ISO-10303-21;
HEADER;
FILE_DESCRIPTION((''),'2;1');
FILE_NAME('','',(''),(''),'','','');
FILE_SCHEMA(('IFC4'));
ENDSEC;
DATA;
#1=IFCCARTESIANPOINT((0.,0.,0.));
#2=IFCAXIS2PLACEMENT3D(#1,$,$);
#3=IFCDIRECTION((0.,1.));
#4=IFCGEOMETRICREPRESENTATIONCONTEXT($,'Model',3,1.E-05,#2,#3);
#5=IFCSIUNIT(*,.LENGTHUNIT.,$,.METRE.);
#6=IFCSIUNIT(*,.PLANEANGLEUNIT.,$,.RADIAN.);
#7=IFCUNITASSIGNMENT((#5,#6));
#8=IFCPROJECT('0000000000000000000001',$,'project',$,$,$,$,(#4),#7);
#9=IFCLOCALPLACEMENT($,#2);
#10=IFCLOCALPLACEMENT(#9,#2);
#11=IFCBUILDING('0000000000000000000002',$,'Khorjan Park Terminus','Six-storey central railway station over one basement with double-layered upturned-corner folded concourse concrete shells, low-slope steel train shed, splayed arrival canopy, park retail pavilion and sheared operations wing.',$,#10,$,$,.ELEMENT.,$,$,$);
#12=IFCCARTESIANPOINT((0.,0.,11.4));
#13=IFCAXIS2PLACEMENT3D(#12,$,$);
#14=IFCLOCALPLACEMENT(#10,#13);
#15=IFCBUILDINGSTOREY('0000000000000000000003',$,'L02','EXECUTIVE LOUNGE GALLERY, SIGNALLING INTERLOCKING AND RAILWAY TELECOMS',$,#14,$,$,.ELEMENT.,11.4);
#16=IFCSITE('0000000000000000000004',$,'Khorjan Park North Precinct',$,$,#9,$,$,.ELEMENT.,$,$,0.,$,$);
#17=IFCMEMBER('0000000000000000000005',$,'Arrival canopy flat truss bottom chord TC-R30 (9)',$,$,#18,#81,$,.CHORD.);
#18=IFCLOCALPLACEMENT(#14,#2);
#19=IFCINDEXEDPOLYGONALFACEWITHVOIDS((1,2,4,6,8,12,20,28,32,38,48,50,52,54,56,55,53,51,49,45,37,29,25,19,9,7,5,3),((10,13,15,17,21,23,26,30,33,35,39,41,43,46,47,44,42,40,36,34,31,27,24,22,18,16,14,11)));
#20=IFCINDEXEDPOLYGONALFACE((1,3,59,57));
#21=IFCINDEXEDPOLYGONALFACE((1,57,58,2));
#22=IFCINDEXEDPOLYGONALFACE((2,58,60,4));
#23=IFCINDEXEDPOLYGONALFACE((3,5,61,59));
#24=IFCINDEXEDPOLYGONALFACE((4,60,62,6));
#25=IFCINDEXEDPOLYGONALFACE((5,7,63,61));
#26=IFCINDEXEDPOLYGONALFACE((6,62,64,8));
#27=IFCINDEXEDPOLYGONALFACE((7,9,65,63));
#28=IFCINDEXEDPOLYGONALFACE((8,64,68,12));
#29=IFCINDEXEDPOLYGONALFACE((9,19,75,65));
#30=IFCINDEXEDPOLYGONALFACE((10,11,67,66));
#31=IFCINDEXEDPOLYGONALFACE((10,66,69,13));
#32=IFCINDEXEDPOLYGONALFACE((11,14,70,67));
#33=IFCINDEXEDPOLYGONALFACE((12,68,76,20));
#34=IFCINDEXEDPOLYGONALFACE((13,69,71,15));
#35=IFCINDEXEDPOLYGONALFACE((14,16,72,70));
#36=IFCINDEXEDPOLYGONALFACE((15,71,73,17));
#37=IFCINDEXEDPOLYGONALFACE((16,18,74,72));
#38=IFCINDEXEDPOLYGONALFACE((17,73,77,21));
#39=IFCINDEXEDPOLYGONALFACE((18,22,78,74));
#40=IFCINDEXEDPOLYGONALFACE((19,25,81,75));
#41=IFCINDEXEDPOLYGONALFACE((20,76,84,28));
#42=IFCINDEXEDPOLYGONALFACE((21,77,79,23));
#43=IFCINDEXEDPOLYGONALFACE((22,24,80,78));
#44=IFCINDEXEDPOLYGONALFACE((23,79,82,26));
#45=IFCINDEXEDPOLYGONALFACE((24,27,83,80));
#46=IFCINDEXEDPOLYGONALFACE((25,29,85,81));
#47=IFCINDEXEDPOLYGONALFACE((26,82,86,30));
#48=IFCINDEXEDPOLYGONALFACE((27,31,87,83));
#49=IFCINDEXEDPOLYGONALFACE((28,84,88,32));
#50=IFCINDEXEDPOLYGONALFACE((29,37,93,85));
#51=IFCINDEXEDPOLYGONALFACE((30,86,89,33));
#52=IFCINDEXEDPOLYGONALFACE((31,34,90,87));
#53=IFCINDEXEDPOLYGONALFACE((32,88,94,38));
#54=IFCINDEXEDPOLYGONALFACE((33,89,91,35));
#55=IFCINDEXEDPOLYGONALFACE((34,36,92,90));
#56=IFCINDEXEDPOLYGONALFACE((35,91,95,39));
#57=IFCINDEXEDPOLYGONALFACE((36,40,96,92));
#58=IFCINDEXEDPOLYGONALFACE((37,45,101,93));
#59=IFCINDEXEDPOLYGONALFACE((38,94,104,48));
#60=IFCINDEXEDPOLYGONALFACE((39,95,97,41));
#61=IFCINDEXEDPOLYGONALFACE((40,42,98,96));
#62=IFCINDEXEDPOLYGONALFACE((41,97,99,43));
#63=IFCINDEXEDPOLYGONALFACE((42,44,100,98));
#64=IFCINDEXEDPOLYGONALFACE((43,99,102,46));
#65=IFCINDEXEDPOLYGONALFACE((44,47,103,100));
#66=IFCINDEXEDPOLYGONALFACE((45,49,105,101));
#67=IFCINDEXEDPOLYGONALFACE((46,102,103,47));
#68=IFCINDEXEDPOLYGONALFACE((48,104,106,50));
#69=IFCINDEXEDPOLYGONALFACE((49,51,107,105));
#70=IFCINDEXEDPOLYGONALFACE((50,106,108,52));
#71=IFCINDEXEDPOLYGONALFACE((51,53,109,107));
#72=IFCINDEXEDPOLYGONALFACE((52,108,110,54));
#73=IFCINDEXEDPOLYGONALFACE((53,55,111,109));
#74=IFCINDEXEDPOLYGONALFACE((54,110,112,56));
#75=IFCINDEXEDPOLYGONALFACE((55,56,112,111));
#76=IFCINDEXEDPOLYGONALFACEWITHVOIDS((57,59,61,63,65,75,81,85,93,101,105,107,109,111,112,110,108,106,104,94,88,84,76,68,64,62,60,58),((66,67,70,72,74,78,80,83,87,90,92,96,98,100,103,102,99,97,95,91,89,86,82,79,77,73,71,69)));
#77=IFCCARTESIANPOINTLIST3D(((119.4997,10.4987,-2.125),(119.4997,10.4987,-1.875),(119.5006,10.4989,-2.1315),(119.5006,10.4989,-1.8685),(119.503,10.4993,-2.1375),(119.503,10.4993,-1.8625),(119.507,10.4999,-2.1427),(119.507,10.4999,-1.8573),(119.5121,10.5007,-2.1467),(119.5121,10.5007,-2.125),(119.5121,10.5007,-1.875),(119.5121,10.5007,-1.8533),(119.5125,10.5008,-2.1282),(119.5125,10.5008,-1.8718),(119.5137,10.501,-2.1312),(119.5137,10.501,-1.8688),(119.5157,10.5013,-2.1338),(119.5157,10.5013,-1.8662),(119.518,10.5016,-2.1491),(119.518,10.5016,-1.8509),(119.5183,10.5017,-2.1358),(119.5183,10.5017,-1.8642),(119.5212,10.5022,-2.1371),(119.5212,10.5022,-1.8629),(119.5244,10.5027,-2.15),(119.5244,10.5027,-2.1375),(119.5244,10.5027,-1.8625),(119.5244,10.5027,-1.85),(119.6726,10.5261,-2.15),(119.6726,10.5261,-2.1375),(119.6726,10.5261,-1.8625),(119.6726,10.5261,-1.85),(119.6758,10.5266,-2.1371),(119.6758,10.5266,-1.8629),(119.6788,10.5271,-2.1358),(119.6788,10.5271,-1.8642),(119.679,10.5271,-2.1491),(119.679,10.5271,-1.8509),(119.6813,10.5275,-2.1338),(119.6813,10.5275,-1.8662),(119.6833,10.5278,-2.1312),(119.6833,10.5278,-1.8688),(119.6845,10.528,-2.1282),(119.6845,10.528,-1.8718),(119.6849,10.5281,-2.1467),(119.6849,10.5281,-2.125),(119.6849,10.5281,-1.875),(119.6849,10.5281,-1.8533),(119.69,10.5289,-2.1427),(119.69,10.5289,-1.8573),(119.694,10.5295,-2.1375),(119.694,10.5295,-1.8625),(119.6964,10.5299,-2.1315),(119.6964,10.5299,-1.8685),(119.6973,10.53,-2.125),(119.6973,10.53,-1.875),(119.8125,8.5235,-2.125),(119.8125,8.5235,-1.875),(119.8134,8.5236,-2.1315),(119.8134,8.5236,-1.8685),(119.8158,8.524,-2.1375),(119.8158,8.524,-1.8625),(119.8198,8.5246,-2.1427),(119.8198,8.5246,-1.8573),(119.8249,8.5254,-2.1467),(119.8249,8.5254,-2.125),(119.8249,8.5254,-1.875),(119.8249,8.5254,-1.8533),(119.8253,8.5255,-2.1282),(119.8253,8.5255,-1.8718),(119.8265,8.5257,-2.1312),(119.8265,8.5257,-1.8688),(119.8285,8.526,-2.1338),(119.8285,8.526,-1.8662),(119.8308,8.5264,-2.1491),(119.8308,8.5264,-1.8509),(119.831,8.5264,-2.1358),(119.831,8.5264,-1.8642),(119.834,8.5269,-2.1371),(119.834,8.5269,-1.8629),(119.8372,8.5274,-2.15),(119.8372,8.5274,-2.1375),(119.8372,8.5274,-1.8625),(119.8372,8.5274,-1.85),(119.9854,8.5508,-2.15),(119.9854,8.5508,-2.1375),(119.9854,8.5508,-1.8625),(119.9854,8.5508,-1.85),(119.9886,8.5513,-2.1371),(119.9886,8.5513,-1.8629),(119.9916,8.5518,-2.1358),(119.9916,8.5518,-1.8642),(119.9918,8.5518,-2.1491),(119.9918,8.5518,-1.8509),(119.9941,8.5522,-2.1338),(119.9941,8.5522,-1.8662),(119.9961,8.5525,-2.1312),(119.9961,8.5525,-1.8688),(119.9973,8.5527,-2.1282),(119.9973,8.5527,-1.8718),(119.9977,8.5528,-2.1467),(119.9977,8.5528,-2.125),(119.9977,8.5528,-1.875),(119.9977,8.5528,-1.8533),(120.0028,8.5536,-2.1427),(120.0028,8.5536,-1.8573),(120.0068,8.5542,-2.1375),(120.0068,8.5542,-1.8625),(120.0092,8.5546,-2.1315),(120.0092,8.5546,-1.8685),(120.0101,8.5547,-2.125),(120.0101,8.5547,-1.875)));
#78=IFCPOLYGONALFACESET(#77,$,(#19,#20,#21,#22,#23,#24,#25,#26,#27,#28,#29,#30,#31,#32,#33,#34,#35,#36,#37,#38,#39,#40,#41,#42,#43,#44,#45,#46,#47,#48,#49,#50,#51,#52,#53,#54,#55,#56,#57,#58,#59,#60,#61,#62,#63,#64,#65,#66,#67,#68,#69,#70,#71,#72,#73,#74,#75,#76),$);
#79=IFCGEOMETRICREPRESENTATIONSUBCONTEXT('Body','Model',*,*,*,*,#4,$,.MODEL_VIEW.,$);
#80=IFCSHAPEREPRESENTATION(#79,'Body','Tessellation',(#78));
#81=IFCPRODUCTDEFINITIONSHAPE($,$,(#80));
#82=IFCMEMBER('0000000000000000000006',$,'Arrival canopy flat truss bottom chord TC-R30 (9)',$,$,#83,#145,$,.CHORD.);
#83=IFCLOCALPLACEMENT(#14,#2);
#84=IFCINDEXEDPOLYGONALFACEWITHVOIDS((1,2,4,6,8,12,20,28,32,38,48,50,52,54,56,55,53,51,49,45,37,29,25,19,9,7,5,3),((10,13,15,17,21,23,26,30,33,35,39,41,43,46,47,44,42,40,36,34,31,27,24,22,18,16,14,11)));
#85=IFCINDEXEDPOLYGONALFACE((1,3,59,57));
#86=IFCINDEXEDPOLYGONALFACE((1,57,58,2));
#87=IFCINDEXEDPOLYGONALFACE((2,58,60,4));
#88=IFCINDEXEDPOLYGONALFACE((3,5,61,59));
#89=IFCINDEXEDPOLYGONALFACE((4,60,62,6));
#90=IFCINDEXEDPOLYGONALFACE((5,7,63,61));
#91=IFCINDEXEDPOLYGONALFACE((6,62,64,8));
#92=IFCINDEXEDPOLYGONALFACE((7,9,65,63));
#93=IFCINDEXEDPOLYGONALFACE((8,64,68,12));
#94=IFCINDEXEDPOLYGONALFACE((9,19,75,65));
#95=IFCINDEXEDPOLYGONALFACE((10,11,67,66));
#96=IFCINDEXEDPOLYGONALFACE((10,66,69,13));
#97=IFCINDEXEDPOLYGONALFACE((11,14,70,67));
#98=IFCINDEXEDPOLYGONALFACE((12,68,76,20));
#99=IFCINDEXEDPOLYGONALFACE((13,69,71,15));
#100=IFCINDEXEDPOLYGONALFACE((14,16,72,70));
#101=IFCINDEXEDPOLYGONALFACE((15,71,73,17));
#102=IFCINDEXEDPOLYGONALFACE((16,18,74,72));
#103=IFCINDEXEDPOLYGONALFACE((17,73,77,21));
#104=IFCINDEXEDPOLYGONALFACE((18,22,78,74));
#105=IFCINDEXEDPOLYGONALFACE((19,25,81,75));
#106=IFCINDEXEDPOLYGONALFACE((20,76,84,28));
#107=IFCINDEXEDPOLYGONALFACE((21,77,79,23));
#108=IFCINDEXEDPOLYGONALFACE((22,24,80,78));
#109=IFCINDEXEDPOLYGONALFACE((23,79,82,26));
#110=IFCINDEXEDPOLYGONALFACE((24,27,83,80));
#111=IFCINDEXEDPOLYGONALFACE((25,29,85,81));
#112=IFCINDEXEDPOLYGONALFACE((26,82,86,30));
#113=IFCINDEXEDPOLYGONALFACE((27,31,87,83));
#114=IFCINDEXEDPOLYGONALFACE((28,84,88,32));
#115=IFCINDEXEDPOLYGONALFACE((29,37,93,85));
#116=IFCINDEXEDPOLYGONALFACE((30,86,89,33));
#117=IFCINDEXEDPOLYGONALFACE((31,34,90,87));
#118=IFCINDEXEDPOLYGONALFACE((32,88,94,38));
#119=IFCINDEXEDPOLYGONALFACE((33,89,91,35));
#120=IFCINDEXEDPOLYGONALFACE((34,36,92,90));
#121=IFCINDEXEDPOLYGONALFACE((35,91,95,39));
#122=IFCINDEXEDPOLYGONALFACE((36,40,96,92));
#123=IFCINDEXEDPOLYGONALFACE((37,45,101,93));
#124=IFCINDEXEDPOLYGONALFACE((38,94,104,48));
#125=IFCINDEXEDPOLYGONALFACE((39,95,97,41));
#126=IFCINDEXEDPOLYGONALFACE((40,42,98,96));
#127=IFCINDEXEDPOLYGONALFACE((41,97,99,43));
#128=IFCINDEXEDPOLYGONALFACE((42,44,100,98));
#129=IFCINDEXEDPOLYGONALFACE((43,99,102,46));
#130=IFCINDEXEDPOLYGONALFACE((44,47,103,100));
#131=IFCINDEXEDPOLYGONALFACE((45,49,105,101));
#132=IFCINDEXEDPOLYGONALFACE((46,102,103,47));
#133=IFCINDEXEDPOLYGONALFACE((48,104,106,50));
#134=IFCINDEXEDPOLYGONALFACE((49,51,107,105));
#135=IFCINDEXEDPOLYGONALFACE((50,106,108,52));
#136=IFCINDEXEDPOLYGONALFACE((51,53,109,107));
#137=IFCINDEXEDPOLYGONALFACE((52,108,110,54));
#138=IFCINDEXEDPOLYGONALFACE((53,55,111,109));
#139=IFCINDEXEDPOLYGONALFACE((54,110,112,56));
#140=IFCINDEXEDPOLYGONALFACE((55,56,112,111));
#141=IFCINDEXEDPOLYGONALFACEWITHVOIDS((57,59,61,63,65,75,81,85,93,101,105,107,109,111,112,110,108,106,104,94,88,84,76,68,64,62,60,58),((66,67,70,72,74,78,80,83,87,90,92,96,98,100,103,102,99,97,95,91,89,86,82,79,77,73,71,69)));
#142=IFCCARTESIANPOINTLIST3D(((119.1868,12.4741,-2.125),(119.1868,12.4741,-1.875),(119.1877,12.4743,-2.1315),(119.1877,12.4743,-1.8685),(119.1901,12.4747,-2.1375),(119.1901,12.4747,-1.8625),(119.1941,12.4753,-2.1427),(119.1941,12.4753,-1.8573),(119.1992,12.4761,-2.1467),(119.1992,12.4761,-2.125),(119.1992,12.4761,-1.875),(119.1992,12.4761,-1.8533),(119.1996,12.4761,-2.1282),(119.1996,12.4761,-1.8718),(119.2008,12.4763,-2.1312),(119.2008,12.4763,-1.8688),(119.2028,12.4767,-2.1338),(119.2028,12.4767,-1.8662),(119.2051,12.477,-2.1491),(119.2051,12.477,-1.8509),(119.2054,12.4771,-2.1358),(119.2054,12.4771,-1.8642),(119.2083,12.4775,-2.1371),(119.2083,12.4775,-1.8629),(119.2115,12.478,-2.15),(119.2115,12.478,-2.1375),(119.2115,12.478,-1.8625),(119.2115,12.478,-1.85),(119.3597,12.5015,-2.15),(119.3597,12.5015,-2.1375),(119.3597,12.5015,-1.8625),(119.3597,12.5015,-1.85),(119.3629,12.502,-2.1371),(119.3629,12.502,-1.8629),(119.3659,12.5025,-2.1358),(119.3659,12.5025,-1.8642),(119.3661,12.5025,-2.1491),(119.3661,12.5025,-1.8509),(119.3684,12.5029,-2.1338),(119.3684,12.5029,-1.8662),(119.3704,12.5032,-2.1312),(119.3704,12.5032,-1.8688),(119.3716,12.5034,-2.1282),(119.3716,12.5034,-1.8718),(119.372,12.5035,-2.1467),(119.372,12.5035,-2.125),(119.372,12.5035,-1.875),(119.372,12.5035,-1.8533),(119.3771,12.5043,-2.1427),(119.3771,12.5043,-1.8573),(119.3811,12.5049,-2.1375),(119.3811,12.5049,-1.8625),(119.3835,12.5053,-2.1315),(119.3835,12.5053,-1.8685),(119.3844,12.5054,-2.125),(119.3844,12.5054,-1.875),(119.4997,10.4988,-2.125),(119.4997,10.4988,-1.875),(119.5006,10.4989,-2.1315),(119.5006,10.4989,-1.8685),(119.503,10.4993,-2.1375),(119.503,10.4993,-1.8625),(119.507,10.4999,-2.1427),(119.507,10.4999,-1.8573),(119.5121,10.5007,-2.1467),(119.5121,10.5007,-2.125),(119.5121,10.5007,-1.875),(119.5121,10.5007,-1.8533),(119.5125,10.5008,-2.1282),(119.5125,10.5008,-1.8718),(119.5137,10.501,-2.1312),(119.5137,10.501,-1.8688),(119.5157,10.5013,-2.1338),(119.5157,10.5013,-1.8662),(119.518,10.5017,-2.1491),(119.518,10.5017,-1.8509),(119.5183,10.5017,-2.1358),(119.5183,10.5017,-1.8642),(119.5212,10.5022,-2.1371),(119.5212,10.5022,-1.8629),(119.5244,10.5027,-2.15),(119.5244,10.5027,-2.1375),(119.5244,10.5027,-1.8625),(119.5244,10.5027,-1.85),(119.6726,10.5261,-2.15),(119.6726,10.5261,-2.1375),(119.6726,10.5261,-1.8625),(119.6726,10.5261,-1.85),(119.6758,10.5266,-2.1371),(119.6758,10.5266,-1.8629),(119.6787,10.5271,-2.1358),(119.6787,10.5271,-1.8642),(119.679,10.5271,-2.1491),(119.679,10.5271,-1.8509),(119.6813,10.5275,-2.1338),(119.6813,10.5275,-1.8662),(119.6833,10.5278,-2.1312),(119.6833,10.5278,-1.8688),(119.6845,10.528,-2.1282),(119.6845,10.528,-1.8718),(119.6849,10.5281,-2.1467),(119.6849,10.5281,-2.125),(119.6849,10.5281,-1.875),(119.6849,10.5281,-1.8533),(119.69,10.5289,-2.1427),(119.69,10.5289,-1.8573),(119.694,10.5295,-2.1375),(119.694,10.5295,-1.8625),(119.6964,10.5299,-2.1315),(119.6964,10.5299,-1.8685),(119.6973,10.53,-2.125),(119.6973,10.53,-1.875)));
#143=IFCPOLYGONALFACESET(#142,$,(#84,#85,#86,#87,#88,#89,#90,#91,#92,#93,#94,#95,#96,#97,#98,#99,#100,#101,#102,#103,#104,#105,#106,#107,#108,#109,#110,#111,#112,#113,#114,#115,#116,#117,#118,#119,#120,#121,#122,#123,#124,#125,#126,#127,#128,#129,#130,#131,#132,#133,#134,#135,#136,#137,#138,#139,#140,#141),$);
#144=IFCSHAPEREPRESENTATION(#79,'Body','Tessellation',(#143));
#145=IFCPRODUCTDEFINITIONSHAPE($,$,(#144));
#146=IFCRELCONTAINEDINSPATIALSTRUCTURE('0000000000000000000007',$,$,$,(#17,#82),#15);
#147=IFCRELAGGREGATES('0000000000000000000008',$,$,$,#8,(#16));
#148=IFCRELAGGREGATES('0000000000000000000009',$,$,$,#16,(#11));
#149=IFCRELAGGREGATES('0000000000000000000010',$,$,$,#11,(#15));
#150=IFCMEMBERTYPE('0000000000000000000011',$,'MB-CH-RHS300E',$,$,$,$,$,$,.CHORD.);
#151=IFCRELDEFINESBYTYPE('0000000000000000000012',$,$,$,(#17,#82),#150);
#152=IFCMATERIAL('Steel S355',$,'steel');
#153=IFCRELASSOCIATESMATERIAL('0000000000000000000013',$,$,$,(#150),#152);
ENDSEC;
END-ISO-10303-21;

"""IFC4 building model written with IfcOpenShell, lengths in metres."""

from ifc_helpers import new_model, si_unit, direction, frame, origin, origin_2d, place, context, subcontext, project, spatial, hollow_rectangle, extrude, material, material_profile, profile_set, type_object, element, save


model = new_model("IFC4")

# Units and contexts
model_context = context("Model", 3, precision=1e-05, world=origin(), true_north=direction((0.0, 1.0)))
body_context = subcontext(model_context, "Body", "Model", "MODEL_VIEW")
ifc_project = project(units=[si_unit("LENGTHUNIT", "METRE"), si_unit("PLANEANGLEUNIT", "RADIAN")], contexts=[model_context])

# Site, building, storey
site_placement = place(None, origin())
site = spatial("IfcSite", under=ifc_project, at=site_placement, Name="Khorjan Park North Precinct", CompositionType="ELEMENT", RefElevation=0.0)
building_placement = place(site_placement, origin())
building = spatial("IfcBuilding", under=site, at=building_placement, Name="Khorjan Park Terminus", Description="Six-storey central railway station over one basement with double-layered upturned-corner folded concourse concrete shells, low-slope steel train shed, splayed arrival canopy, park retail pavilion and sheared operations wing.", CompositionType="ELEMENT")
storey_placement = place(building_placement, frame((0.0, 0.0, 11.4)))
storey = spatial("IfcBuildingStorey", under=building, at=storey_placement, Name="L02", Description="EXECUTIVE LOUNGE GALLERY, SIGNALLING INTERLOCKING AND RAILWAY TELECOMS", CompositionType="ELEMENT", Elevation=11.4)

# Members
ifc_material = material(Name="Steel S355", Category="steel")
ifc_material_profile_1 = material_profile(ifc_material, hollow_rectangle(XDim=0.2, YDim=0.3, WallThickness=0.0125, InnerFilletRadius=0.0125, OuterFilletRadius=0.025, at=origin_2d()), Name="RHS 300x200x12.5")
ifc_profile_set_1 = profile_set([ifc_material_profile_1], Name="Steel S355")
member_type_1 = type_object("IfcMemberType", Name="MB-CH-RHS300E", PredefinedType="CHORD", material=ifc_profile_set_1)
member_1_placement = place(storey_placement, frame((119.9113, 8.5391, -2.0), z_axis=(-0.156407, 0.987693, 0.0), x_axis=(-0.987693, -0.156407, 0.0)))
element("IfcMember", 1, at=member_1_placement, inside=storey, type_object=member_type_1, Name="Arrival canopy flat truss bottom chord TC-R30 (9)", PredefinedType="CHORD", context=body_context, shape_type="SweptSolid", body=[
    extrude(hollow_rectangle(XDim=0.2, YDim=0.3, WallThickness=0.0125, InnerFilletRadius=0.0125, OuterFilletRadius=0.025, at=origin_2d()), origin(), (0.0, 0.0, 1.0), 1.9999),
])
for number, where, z_axis, x_axis, name in (
    (2, (119.5985, 10.5144, -2.0), (-0.156448, 0.987686, 0.0), (-0.987686, -0.156448, 0.0), "Arrival canopy flat truss bottom chord TC-R30 (9)"),
):
    element("IfcMember", number, at=place(storey_placement, frame(where, z_axis=z_axis, x_axis=x_axis)), inside=storey, type_object=member_type_1, Name=name, PredefinedType="CHORD", context=body_context, shape_type="SweptSolid", body=[
        extrude(hollow_rectangle(XDim=0.2, YDim=0.3, WallThickness=0.0125, InnerFilletRadius=0.0125, OuterFilletRadius=0.025, at=origin_2d()), origin(), (0.0, 0.0, 1.0), 2.0),
    ])

save(model, "model.ifc")
